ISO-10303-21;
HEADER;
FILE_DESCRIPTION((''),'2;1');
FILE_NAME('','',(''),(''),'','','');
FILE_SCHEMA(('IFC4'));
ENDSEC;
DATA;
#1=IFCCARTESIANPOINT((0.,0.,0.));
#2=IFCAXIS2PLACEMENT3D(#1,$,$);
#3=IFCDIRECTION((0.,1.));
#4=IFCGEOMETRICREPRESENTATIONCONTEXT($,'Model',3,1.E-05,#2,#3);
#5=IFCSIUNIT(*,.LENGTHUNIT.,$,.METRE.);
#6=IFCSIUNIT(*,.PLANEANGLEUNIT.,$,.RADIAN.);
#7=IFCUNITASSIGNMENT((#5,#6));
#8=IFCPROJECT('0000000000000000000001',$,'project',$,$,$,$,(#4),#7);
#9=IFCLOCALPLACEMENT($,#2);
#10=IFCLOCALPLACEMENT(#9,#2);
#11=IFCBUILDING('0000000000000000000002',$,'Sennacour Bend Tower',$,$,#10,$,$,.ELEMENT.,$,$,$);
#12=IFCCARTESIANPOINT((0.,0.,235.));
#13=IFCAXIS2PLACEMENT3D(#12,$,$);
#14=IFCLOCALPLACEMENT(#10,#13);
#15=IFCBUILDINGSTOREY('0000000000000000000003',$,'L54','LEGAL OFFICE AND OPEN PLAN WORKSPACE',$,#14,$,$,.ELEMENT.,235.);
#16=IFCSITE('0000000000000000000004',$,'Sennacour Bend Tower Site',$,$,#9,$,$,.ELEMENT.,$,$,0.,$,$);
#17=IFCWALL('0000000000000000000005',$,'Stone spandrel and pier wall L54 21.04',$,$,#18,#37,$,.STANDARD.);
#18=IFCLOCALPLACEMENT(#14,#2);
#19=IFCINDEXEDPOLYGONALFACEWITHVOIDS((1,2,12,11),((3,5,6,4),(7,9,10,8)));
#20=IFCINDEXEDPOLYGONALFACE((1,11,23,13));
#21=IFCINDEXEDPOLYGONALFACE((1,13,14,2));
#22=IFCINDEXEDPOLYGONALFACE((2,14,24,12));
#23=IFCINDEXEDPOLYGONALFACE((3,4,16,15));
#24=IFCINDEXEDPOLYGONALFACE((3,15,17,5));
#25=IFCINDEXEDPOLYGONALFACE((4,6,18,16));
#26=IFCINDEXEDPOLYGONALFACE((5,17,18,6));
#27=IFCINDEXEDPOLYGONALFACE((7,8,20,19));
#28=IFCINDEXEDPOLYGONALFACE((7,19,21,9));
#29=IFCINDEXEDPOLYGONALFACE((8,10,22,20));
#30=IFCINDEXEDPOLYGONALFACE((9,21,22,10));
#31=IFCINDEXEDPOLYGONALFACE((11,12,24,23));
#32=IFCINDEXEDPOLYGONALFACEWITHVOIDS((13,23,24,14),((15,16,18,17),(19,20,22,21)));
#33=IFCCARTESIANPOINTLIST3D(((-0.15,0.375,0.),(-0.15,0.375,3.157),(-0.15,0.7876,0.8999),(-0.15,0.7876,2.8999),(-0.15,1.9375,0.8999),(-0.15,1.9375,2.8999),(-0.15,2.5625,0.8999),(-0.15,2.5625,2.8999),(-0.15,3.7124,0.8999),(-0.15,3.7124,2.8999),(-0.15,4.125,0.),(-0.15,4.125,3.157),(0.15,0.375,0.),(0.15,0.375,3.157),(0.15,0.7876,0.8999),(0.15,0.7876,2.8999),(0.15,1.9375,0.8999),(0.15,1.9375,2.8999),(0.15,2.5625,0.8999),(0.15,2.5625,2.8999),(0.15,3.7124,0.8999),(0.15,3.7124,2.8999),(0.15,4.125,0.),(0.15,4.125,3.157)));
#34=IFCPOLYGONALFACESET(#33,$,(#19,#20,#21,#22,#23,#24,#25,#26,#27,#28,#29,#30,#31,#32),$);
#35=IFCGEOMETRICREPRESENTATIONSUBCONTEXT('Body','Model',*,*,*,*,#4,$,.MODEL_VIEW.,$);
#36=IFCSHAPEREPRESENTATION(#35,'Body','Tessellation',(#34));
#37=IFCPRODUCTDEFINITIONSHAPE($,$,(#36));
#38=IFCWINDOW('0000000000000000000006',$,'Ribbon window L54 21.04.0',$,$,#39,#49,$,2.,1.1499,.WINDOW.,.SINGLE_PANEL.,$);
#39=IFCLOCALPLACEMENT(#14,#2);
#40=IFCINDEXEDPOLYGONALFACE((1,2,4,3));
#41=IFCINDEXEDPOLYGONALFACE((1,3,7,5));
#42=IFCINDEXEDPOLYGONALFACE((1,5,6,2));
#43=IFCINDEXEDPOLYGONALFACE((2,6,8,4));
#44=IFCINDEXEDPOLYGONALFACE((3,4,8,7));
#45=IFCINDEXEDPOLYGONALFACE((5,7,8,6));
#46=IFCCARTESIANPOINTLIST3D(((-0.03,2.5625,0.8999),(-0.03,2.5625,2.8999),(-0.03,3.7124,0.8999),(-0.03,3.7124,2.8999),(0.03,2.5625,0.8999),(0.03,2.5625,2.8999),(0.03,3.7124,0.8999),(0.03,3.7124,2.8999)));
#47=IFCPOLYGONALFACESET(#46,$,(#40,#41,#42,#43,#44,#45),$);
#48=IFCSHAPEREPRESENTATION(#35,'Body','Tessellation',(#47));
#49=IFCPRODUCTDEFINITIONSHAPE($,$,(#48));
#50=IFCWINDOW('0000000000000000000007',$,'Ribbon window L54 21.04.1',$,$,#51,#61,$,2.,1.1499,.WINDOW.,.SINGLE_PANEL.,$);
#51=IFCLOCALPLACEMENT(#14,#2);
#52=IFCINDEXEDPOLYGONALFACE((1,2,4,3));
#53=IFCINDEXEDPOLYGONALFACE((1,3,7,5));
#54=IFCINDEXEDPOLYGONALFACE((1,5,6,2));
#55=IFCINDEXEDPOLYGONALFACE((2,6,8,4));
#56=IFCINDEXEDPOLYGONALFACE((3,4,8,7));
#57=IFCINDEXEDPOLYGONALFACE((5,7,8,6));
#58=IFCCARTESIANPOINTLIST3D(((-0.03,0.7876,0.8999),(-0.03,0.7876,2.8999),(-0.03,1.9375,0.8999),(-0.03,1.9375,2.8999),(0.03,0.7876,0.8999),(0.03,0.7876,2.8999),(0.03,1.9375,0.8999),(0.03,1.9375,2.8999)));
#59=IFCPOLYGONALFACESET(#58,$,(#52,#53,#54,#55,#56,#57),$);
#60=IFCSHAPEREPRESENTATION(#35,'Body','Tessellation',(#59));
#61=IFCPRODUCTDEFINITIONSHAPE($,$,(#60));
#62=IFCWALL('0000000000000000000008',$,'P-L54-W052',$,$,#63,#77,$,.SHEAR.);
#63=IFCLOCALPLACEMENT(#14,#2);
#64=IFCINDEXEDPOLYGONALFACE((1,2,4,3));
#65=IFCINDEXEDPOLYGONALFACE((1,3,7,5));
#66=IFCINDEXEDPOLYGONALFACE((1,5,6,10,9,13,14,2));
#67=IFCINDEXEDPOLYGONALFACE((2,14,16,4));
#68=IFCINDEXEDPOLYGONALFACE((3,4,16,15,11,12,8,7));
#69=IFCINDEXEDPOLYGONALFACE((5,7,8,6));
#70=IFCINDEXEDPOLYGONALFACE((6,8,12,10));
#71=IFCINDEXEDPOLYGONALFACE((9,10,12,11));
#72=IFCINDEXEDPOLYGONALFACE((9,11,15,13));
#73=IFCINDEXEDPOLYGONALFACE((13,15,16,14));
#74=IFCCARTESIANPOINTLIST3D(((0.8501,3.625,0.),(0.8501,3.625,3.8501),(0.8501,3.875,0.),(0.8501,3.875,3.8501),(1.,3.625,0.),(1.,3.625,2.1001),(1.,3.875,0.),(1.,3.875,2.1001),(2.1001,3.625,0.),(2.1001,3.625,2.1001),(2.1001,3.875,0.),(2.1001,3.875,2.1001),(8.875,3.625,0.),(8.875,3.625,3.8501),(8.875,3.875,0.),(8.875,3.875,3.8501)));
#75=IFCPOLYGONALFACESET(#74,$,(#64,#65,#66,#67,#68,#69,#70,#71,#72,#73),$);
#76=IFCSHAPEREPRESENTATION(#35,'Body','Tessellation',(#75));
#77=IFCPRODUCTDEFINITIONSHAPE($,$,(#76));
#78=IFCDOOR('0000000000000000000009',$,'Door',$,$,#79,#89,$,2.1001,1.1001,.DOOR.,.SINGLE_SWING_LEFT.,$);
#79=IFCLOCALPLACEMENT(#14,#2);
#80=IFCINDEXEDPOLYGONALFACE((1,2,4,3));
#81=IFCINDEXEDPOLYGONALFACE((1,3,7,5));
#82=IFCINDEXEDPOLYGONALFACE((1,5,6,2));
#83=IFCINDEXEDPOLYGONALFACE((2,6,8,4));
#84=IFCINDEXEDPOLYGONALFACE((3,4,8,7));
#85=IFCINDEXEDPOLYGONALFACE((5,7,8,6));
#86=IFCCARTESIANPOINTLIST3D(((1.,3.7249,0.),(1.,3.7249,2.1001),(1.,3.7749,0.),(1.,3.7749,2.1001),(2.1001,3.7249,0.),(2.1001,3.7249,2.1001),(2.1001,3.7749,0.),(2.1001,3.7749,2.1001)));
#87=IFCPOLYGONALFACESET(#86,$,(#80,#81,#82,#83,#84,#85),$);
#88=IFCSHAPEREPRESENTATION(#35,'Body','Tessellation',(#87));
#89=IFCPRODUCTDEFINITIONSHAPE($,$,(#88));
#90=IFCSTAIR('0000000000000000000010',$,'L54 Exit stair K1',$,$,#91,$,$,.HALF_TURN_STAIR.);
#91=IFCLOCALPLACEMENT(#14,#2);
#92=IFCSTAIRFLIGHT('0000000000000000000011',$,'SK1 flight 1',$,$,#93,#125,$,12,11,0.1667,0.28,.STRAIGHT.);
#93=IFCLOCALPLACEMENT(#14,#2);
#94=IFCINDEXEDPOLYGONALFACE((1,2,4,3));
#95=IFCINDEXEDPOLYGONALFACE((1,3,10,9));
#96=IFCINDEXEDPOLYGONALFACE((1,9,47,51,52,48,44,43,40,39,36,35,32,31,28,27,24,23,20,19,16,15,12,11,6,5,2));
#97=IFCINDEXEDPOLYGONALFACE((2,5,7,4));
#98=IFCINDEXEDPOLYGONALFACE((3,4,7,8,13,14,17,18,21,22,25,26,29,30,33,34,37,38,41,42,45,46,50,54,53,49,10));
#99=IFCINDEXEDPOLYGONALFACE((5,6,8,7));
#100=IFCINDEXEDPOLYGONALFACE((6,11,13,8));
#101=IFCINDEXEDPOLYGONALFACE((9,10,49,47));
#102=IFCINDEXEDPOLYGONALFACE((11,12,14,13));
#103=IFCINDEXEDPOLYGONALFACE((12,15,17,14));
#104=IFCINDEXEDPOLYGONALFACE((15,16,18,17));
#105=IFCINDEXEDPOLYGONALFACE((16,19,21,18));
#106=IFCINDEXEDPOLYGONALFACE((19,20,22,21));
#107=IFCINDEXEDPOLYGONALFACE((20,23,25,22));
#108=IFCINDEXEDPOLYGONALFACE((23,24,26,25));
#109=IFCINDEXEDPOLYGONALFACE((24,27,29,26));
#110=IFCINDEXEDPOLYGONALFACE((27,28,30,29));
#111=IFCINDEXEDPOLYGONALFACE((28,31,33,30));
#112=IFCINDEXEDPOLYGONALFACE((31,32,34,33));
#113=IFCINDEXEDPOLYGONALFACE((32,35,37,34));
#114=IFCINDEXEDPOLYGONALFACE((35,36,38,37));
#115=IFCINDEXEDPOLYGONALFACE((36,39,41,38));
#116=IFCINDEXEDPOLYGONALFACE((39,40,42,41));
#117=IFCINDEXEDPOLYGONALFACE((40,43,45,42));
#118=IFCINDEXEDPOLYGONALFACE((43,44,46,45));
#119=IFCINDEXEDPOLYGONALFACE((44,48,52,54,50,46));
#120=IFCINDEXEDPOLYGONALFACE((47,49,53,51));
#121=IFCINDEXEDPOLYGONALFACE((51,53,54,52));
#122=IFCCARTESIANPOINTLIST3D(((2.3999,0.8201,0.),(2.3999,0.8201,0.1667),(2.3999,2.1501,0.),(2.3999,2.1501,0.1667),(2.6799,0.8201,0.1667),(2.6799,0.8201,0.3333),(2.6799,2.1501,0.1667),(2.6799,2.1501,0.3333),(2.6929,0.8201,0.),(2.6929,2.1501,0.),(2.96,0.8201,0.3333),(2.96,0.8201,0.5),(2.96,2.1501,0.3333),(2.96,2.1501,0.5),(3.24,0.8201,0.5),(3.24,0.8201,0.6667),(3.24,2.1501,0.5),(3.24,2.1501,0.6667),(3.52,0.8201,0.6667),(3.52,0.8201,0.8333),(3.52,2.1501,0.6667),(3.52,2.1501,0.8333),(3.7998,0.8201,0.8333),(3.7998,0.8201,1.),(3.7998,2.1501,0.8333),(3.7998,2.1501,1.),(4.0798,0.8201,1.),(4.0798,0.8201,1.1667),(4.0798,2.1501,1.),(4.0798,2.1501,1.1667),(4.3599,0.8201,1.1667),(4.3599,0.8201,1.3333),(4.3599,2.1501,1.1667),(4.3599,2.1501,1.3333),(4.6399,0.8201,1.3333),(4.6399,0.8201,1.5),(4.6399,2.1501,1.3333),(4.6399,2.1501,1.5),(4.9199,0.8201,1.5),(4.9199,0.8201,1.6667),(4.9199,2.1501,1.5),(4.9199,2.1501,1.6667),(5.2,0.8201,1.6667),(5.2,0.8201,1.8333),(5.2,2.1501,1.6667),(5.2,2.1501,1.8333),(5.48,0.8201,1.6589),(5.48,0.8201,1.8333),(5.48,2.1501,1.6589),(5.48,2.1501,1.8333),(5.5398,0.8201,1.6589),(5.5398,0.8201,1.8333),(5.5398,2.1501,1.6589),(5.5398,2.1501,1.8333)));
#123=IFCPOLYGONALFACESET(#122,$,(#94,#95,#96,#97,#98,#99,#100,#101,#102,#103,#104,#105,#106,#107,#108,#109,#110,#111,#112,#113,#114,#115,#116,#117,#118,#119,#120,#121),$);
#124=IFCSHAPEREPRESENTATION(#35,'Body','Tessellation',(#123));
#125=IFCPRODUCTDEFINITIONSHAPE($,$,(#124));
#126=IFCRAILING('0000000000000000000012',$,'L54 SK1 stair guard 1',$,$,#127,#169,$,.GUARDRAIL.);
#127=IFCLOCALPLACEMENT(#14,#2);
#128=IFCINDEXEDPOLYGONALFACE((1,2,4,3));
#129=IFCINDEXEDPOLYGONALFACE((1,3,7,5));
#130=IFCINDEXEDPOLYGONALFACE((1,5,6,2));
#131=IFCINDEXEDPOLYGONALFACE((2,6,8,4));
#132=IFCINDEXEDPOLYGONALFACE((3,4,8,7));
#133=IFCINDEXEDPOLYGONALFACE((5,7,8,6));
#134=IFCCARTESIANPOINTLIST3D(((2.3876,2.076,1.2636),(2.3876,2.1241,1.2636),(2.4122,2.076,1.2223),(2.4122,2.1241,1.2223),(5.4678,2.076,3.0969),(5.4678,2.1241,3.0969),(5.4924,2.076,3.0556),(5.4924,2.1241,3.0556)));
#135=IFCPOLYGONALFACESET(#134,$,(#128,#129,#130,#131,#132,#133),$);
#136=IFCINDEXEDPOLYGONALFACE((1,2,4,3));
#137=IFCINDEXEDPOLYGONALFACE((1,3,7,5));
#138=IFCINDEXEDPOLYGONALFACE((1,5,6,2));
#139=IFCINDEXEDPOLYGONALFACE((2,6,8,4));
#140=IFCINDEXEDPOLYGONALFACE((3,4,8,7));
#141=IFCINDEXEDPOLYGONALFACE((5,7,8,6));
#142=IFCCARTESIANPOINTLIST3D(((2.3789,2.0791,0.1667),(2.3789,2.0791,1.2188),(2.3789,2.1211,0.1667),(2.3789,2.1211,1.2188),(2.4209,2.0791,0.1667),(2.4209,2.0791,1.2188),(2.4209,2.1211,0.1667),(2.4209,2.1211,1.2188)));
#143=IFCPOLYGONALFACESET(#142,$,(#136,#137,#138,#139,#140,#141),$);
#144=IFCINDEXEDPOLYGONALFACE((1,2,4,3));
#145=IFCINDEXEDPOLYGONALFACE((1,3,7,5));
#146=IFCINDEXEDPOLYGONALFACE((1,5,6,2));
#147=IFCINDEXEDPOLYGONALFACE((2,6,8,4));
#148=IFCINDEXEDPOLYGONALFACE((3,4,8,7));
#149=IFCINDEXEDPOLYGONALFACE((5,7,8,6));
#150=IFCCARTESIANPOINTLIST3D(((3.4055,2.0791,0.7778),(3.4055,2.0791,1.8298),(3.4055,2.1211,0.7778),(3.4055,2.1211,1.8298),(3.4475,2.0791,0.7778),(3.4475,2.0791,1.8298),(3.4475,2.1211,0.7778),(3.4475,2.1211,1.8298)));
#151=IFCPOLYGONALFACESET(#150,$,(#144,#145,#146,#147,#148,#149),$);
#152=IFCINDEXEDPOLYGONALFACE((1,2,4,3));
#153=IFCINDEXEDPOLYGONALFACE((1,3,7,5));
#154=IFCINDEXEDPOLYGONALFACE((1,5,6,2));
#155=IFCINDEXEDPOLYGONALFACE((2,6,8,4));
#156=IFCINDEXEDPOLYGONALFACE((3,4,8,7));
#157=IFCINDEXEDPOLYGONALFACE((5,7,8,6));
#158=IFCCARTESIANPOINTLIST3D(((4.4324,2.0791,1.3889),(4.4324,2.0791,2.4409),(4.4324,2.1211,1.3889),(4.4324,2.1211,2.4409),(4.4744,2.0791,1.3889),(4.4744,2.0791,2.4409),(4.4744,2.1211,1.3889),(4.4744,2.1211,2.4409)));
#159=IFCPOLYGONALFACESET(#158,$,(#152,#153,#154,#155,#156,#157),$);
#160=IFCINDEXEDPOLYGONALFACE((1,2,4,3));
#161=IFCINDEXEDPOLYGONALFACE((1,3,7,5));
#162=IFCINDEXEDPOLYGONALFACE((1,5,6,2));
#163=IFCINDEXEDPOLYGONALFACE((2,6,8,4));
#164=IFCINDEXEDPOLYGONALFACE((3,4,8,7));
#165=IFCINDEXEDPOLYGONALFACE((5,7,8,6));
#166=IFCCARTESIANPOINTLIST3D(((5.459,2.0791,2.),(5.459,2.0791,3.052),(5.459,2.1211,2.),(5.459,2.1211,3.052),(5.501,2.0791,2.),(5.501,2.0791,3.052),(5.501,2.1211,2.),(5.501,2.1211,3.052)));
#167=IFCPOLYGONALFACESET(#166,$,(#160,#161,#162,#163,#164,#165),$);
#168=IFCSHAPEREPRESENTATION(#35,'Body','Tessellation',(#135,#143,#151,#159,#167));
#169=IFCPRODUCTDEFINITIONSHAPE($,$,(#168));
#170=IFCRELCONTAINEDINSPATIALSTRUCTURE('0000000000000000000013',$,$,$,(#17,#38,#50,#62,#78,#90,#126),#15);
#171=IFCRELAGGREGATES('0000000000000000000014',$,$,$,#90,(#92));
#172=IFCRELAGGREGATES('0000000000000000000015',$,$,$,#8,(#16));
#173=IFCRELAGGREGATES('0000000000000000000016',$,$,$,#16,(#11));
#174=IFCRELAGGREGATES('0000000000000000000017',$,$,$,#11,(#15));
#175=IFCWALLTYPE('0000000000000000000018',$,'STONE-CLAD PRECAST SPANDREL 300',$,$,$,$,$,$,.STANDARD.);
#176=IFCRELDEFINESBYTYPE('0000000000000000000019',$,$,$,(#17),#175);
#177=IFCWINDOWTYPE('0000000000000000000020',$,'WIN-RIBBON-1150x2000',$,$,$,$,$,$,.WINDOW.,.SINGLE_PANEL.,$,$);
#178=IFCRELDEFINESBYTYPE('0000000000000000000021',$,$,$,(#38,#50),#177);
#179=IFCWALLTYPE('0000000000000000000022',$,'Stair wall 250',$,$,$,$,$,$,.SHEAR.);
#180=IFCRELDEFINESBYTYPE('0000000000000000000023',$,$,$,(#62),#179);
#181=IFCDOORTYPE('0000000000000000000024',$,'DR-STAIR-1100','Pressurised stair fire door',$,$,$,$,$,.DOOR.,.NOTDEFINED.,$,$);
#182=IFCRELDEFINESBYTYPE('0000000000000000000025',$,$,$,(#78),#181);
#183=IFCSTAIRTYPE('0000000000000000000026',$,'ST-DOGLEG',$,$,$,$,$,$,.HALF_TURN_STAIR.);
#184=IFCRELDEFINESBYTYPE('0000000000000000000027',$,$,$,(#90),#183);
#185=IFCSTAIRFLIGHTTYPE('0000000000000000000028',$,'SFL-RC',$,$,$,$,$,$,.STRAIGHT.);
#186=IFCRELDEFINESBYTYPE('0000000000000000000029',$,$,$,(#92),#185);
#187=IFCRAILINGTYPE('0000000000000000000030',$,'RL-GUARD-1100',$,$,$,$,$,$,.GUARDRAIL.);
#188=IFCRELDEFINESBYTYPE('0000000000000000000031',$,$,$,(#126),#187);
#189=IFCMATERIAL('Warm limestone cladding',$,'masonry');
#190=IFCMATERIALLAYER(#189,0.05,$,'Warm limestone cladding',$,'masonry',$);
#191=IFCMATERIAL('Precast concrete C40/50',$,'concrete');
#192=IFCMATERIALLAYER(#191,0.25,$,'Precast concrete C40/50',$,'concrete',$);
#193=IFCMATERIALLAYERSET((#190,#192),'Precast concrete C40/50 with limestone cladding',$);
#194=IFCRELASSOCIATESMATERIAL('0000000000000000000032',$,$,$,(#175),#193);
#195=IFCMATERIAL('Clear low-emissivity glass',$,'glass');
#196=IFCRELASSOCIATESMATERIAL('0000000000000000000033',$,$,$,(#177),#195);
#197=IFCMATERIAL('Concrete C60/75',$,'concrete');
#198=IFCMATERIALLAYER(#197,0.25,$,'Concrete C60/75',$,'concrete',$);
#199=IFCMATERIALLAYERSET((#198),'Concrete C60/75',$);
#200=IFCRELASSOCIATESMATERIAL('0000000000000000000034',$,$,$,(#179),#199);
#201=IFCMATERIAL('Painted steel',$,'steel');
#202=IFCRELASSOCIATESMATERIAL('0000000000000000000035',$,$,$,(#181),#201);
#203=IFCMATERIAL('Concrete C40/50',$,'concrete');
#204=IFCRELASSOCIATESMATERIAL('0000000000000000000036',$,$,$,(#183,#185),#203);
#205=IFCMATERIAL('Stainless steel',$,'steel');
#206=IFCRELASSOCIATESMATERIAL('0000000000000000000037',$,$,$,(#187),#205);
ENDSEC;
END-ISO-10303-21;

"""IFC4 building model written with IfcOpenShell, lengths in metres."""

from ifc_helpers import new_model, si_unit, direction, frame, frame_2d, origin, origin_2d, place, context, subcontext, project, spatial, polyline, rectangle, outline, extrude, material, layer, layer_set, type_object, element, fill, aggregate, save


model = new_model("IFC4")

# Units and contexts
model_context = context("Model", 3, precision=1e-05, world=origin(), true_north=direction((0.0, 1.0)))
body_context = subcontext(model_context, "Body", "Model", "MODEL_VIEW")
ifc_project = project(units=[si_unit("LENGTHUNIT", "METRE"), si_unit("PLANEANGLEUNIT", "RADIAN")], contexts=[model_context])

# Site, building, storey
site_placement = place(None, origin())
site = spatial("IfcSite", under=ifc_project, at=site_placement, Name="Sennacour Bend Tower Site", CompositionType="ELEMENT", RefElevation=0.0)
building_placement = place(site_placement, origin())
building = spatial("IfcBuilding", under=site, at=building_placement, Name="Sennacour Bend Tower", CompositionType="ELEMENT")
storey_placement = place(building_placement, frame((0.0, 0.0, 235.0)))
storey = spatial("IfcBuildingStorey", under=building, at=storey_placement, Name="L54", Description="LEGAL OFFICE AND OPEN PLAN WORKSPACE", CompositionType="ELEMENT", Elevation=235.0)

# Wall, openings, windows
ifc_material_1 = material(Name="Warm limestone cladding", Category="masonry")
ifc_layer_1 = layer(ifc_material_1, 0.05, Name="Warm limestone cladding", Category="masonry")
ifc_material_2 = material(Name="Precast concrete C40/50", Category="concrete")
ifc_layer_2 = layer(ifc_material_2, 0.25, Name="Precast concrete C40/50", Category="concrete")
ifc_layer_set_1 = layer_set([ifc_layer_1, ifc_layer_2], Name="Precast concrete C40/50 with limestone cladding")
wall_type_1 = type_object("IfcWallType", Name="STONE-CLAD PRECAST SPANDREL 300", PredefinedType="STANDARD", material=ifc_layer_set_1)
wall_1_placement = place(storey_placement, frame((0.0, 4.125, 0.0), z_axis=(0.0, 0.0, 1.0), x_axis=(0.0, -1.0, 0.0)))
wall_1 = element("IfcWall", 1, at=wall_1_placement, inside=storey, type_object=wall_type_1, Name="Stone spandrel and pier wall L54 21.04", PredefinedType="STANDARD", context=body_context, shape_type="SweptSolid", body=[
    extrude(rectangle(XDim=3.75, YDim=0.3, at=frame_2d((1.875, 0.0))), origin(), (0.0, 0.0, 1.0), 3.157),
])
opening_1_placement = place(wall_1_placement, frame((0.4126, 0.0, 0.8999)))
opening_1 = element("IfcOpeningElement", 2, at=opening_1_placement, cuts=wall_1, PredefinedType="OPENING", context=body_context, shape_type="SweptSolid", body=[
    extrude(rectangle(XDim=1.1499, YDim=2.0, at=frame_2d((0.575, 1.0))), frame((0.0, 0.1602, 0.0), z_axis=(0.0, -1.0, 0.0), x_axis=(1.0, 0.0, 0.0)), (0.0, 0.0, 1.0), 0.3201),
])
opening_2_placement = place(wall_1_placement, frame((2.1875, 0.0, 0.8999)))
opening_2 = element("IfcOpeningElement", 3, at=opening_2_placement, cuts=wall_1, PredefinedType="OPENING", context=body_context, shape_type="SweptSolid", body=[
    extrude(rectangle(XDim=1.1499, YDim=2.0, at=frame_2d((0.575, 1.0))), frame((0.0, 0.1602, 0.0), z_axis=(0.0, -1.0, 0.0), x_axis=(1.0, 0.0, 0.0)), (0.0, 0.0, 1.0), 0.3201),
])
ifc_material_3 = material(Name="Clear low-emissivity glass", Category="glass")
window_type = type_object("IfcWindowType", Name="WIN-RIBBON-1150x2000", PartitioningType="SINGLE_PANEL", PredefinedType="WINDOW", material=ifc_material_3)
window_1_placement = place(opening_1_placement, origin())
window_1 = element("IfcWindow", 4, at=window_1_placement, inside=storey, type_object=window_type, Name="Ribbon window L54 21.04.0", OverallHeight=2.0, OverallWidth=1.1499, PartitioningType="SINGLE_PANEL", PredefinedType="WINDOW", context=body_context, shape_type="SweptSolid", body=[
    extrude(rectangle(XDim=1.1499, YDim=2.0, at=frame_2d((0.575, 1.0))), frame((0.0, 0.03, 0.0), z_axis=(0.0, -1.0, 0.0), x_axis=(1.0, 0.0, 0.0)), (0.0, 0.0, 1.0), 0.0601),
])
fill(opening_1, window_1)
window_2_placement = place(opening_2_placement, origin())
window_2 = element("IfcWindow", 5, at=window_2_placement, inside=storey, type_object=window_type, Name="Ribbon window L54 21.04.1", OverallHeight=2.0, OverallWidth=1.1499, PartitioningType="SINGLE_PANEL", PredefinedType="WINDOW", context=body_context, shape_type="SweptSolid", body=[
    extrude(rectangle(XDim=1.1499, YDim=2.0, at=frame_2d((0.575, 1.0))), frame((0.0, 0.03, 0.0), z_axis=(0.0, -1.0, 0.0), x_axis=(1.0, 0.0, 0.0)), (0.0, 0.0, 1.0), 0.0601),
])
fill(opening_2, window_2)

# Wall, opening, door
ifc_material_4 = material(Name="Concrete C60/75", Category="concrete")
ifc_layer_3 = layer(ifc_material_4, 0.25, Name="Concrete C60/75", Category="concrete")
ifc_layer_set_2 = layer_set([ifc_layer_3], Name="Concrete C60/75")
wall_type_2 = type_object("IfcWallType", Name="Stair wall 250", PredefinedType="SHEAR", material=ifc_layer_set_2)
wall_2_placement = place(storey_placement, frame((0.8501, 3.75, 0.0), z_axis=(0.0, 0.0, 1.0), x_axis=(1.0, 0.0, 0.0)))
wall_2 = element("IfcWall", 6, at=wall_2_placement, inside=storey, type_object=wall_type_2, Name="P-L54-W052", PredefinedType="SHEAR", context=body_context, shape_type="SweptSolid", body=[
    extrude(rectangle(XDim=8.0249, YDim=0.25, at=frame_2d((4.0125, 0.0))), origin(), (0.0, 0.0, 1.0), 3.8501),
])
opening_3_placement = place(wall_2_placement, frame((0.1499, 0.0, 0.0)))
opening_3 = element("IfcOpeningElement", 7, at=opening_3_placement, cuts=wall_2, PredefinedType="OPENING", context=body_context, shape_type="SweptSolid", body=[
    extrude(rectangle(XDim=1.1001, YDim=2.1001, at=frame_2d((0.55, 1.05))), frame((0.0, 0.135, 0.0), z_axis=(0.0, -1.0, 0.0), x_axis=(1.0, 0.0, 0.0)), (0.0, 0.0, 1.0), 0.27),
])
ifc_material_5 = material(Name="Painted steel", Category="steel")
door_type = type_object("IfcDoorType", Name="DR-STAIR-1100", Description="Pressurised stair fire door", OperationType="NOTDEFINED", PredefinedType="DOOR", material=ifc_material_5)
door_placement = place(opening_3_placement, origin())
door = element("IfcDoor", 8, at=door_placement, inside=storey, type_object=door_type, Name="Door", OperationType="SINGLE_SWING_LEFT", OverallHeight=2.1001, OverallWidth=1.1001, PredefinedType="DOOR", context=body_context, shape_type="SweptSolid", body=[
    extrude(rectangle(XDim=1.1001, YDim=2.1001, at=frame_2d((0.55, 1.05))), frame((0.0, 0.0249, 0.0), z_axis=(0.0, -1.0, 0.0), x_axis=(1.0, 0.0, 0.0)), (0.0, 0.0, 1.0), 0.05),
])
fill(opening_3, door)

# Stair, stair flight
ifc_material_6 = material(Name="Concrete C40/50", Category="concrete")
stair_type = type_object("IfcStairType", Name="ST-DOGLEG", PredefinedType="HALF_TURN_STAIR", material=ifc_material_6)
stair_placement = place(storey_placement, origin())
stair = element("IfcStair", 9, at=stair_placement, inside=storey, type_object=stair_type, Name="L54 Exit stair K1", PredefinedType="HALF_TURN_STAIR")
stair_flight_type = type_object("IfcStairFlightType", Name="SFL-RC", PredefinedType="STRAIGHT", material=ifc_material_6)
stair_flight_placement = place(storey_placement, frame((2.3999, 1.4851, 0.0), z_axis=(0.0, 0.0, 1.0), x_axis=(1.0, 0.0, 0.0)))
stair_flight = element("IfcStairFlight", 10, at=stair_flight_placement, type_object=stair_flight_type, Name="SK1 flight 1", NumberOfRisers=12, NumberOfTreads=11, PredefinedType="STRAIGHT", RiserHeight=0.1667, TreadLength=0.28, context=body_context, shape_type="SweptSolid", body=[
    extrude(outline(polyline([(0.0, 0.0), (0.0, 0.1667), (0.28, 0.1667), (0.28, 0.3333), (0.5601, 0.3333), (0.5601, 0.5), (0.8401, 0.5), (0.8401, 0.6667), (1.1201, 0.6667), (1.1201, 0.8333), (1.3999, 0.8333), (1.3999, 1.0), (1.6799, 1.0), (1.6799, 1.1667), (1.96, 1.1667), (1.96, 1.3333), (2.24, 1.3333), (2.24, 1.5), (2.52, 1.5), (2.52, 1.6667), (2.8, 1.6667), (2.8, 1.8333), (3.0801, 1.8333), (3.1399, 1.8333), (3.1399, 1.6589), (3.0801, 1.6589), (0.293, 0.0), (0.0, 0.0)])), frame((0.0, 0.665, 0.0), z_axis=(0.0, -1.0, 0.0), x_axis=(1.0, 0.0, 0.0)), (0.0, 0.0, 1.0), 1.3301),
])
aggregate(stair, [stair_flight])

# Railing
ifc_material_7 = material(Name="Stainless steel", Category="steel")
railing_type_1 = type_object("IfcRailingType", Name="RL-GUARD-1100", PredefinedType="GUARDRAIL", material=ifc_material_7)
railing_1_placement = place(storey_placement, frame((2.3999, 2.1001, 0.1667)))
element("IfcRailing", 11, at=railing_1_placement, inside=storey, type_object=railing_type_1, Name="L54 SK1 stair guard 1", PredefinedType="GUARDRAIL", context=body_context, shape_type="SweptSolid", body=[
    extrude(rectangle(XDim=0.0481, YDim=0.0481, at=origin_2d()), frame((0.0, 0.0, 1.0762), z_axis=(0.859309, 0.0, 0.511458), x_axis=(0.0, 1.0, 0.0)), (0.0, 0.0, 1.0), 3.5845),
    extrude(rectangle(XDim=0.042, YDim=0.042, at=origin_2d()), origin(), (0.0, 0.0, 1.0), 1.052),
    extrude(rectangle(XDim=0.042, YDim=0.042, at=origin_2d()), frame((1.0266, 0.0, 0.6111)), (0.0, 0.0, 1.0), 1.052),
    extrude(rectangle(XDim=0.042, YDim=0.042, at=origin_2d()), frame((2.0535, 0.0, 1.2222)), (0.0, 0.0, 1.0), 1.052),
    extrude(rectangle(XDim=0.042, YDim=0.042, at=origin_2d()), frame((3.0801, 0.0, 1.8333)), (0.0, 0.0, 1.0), 1.052),
])

save(model, "model.ifc")
